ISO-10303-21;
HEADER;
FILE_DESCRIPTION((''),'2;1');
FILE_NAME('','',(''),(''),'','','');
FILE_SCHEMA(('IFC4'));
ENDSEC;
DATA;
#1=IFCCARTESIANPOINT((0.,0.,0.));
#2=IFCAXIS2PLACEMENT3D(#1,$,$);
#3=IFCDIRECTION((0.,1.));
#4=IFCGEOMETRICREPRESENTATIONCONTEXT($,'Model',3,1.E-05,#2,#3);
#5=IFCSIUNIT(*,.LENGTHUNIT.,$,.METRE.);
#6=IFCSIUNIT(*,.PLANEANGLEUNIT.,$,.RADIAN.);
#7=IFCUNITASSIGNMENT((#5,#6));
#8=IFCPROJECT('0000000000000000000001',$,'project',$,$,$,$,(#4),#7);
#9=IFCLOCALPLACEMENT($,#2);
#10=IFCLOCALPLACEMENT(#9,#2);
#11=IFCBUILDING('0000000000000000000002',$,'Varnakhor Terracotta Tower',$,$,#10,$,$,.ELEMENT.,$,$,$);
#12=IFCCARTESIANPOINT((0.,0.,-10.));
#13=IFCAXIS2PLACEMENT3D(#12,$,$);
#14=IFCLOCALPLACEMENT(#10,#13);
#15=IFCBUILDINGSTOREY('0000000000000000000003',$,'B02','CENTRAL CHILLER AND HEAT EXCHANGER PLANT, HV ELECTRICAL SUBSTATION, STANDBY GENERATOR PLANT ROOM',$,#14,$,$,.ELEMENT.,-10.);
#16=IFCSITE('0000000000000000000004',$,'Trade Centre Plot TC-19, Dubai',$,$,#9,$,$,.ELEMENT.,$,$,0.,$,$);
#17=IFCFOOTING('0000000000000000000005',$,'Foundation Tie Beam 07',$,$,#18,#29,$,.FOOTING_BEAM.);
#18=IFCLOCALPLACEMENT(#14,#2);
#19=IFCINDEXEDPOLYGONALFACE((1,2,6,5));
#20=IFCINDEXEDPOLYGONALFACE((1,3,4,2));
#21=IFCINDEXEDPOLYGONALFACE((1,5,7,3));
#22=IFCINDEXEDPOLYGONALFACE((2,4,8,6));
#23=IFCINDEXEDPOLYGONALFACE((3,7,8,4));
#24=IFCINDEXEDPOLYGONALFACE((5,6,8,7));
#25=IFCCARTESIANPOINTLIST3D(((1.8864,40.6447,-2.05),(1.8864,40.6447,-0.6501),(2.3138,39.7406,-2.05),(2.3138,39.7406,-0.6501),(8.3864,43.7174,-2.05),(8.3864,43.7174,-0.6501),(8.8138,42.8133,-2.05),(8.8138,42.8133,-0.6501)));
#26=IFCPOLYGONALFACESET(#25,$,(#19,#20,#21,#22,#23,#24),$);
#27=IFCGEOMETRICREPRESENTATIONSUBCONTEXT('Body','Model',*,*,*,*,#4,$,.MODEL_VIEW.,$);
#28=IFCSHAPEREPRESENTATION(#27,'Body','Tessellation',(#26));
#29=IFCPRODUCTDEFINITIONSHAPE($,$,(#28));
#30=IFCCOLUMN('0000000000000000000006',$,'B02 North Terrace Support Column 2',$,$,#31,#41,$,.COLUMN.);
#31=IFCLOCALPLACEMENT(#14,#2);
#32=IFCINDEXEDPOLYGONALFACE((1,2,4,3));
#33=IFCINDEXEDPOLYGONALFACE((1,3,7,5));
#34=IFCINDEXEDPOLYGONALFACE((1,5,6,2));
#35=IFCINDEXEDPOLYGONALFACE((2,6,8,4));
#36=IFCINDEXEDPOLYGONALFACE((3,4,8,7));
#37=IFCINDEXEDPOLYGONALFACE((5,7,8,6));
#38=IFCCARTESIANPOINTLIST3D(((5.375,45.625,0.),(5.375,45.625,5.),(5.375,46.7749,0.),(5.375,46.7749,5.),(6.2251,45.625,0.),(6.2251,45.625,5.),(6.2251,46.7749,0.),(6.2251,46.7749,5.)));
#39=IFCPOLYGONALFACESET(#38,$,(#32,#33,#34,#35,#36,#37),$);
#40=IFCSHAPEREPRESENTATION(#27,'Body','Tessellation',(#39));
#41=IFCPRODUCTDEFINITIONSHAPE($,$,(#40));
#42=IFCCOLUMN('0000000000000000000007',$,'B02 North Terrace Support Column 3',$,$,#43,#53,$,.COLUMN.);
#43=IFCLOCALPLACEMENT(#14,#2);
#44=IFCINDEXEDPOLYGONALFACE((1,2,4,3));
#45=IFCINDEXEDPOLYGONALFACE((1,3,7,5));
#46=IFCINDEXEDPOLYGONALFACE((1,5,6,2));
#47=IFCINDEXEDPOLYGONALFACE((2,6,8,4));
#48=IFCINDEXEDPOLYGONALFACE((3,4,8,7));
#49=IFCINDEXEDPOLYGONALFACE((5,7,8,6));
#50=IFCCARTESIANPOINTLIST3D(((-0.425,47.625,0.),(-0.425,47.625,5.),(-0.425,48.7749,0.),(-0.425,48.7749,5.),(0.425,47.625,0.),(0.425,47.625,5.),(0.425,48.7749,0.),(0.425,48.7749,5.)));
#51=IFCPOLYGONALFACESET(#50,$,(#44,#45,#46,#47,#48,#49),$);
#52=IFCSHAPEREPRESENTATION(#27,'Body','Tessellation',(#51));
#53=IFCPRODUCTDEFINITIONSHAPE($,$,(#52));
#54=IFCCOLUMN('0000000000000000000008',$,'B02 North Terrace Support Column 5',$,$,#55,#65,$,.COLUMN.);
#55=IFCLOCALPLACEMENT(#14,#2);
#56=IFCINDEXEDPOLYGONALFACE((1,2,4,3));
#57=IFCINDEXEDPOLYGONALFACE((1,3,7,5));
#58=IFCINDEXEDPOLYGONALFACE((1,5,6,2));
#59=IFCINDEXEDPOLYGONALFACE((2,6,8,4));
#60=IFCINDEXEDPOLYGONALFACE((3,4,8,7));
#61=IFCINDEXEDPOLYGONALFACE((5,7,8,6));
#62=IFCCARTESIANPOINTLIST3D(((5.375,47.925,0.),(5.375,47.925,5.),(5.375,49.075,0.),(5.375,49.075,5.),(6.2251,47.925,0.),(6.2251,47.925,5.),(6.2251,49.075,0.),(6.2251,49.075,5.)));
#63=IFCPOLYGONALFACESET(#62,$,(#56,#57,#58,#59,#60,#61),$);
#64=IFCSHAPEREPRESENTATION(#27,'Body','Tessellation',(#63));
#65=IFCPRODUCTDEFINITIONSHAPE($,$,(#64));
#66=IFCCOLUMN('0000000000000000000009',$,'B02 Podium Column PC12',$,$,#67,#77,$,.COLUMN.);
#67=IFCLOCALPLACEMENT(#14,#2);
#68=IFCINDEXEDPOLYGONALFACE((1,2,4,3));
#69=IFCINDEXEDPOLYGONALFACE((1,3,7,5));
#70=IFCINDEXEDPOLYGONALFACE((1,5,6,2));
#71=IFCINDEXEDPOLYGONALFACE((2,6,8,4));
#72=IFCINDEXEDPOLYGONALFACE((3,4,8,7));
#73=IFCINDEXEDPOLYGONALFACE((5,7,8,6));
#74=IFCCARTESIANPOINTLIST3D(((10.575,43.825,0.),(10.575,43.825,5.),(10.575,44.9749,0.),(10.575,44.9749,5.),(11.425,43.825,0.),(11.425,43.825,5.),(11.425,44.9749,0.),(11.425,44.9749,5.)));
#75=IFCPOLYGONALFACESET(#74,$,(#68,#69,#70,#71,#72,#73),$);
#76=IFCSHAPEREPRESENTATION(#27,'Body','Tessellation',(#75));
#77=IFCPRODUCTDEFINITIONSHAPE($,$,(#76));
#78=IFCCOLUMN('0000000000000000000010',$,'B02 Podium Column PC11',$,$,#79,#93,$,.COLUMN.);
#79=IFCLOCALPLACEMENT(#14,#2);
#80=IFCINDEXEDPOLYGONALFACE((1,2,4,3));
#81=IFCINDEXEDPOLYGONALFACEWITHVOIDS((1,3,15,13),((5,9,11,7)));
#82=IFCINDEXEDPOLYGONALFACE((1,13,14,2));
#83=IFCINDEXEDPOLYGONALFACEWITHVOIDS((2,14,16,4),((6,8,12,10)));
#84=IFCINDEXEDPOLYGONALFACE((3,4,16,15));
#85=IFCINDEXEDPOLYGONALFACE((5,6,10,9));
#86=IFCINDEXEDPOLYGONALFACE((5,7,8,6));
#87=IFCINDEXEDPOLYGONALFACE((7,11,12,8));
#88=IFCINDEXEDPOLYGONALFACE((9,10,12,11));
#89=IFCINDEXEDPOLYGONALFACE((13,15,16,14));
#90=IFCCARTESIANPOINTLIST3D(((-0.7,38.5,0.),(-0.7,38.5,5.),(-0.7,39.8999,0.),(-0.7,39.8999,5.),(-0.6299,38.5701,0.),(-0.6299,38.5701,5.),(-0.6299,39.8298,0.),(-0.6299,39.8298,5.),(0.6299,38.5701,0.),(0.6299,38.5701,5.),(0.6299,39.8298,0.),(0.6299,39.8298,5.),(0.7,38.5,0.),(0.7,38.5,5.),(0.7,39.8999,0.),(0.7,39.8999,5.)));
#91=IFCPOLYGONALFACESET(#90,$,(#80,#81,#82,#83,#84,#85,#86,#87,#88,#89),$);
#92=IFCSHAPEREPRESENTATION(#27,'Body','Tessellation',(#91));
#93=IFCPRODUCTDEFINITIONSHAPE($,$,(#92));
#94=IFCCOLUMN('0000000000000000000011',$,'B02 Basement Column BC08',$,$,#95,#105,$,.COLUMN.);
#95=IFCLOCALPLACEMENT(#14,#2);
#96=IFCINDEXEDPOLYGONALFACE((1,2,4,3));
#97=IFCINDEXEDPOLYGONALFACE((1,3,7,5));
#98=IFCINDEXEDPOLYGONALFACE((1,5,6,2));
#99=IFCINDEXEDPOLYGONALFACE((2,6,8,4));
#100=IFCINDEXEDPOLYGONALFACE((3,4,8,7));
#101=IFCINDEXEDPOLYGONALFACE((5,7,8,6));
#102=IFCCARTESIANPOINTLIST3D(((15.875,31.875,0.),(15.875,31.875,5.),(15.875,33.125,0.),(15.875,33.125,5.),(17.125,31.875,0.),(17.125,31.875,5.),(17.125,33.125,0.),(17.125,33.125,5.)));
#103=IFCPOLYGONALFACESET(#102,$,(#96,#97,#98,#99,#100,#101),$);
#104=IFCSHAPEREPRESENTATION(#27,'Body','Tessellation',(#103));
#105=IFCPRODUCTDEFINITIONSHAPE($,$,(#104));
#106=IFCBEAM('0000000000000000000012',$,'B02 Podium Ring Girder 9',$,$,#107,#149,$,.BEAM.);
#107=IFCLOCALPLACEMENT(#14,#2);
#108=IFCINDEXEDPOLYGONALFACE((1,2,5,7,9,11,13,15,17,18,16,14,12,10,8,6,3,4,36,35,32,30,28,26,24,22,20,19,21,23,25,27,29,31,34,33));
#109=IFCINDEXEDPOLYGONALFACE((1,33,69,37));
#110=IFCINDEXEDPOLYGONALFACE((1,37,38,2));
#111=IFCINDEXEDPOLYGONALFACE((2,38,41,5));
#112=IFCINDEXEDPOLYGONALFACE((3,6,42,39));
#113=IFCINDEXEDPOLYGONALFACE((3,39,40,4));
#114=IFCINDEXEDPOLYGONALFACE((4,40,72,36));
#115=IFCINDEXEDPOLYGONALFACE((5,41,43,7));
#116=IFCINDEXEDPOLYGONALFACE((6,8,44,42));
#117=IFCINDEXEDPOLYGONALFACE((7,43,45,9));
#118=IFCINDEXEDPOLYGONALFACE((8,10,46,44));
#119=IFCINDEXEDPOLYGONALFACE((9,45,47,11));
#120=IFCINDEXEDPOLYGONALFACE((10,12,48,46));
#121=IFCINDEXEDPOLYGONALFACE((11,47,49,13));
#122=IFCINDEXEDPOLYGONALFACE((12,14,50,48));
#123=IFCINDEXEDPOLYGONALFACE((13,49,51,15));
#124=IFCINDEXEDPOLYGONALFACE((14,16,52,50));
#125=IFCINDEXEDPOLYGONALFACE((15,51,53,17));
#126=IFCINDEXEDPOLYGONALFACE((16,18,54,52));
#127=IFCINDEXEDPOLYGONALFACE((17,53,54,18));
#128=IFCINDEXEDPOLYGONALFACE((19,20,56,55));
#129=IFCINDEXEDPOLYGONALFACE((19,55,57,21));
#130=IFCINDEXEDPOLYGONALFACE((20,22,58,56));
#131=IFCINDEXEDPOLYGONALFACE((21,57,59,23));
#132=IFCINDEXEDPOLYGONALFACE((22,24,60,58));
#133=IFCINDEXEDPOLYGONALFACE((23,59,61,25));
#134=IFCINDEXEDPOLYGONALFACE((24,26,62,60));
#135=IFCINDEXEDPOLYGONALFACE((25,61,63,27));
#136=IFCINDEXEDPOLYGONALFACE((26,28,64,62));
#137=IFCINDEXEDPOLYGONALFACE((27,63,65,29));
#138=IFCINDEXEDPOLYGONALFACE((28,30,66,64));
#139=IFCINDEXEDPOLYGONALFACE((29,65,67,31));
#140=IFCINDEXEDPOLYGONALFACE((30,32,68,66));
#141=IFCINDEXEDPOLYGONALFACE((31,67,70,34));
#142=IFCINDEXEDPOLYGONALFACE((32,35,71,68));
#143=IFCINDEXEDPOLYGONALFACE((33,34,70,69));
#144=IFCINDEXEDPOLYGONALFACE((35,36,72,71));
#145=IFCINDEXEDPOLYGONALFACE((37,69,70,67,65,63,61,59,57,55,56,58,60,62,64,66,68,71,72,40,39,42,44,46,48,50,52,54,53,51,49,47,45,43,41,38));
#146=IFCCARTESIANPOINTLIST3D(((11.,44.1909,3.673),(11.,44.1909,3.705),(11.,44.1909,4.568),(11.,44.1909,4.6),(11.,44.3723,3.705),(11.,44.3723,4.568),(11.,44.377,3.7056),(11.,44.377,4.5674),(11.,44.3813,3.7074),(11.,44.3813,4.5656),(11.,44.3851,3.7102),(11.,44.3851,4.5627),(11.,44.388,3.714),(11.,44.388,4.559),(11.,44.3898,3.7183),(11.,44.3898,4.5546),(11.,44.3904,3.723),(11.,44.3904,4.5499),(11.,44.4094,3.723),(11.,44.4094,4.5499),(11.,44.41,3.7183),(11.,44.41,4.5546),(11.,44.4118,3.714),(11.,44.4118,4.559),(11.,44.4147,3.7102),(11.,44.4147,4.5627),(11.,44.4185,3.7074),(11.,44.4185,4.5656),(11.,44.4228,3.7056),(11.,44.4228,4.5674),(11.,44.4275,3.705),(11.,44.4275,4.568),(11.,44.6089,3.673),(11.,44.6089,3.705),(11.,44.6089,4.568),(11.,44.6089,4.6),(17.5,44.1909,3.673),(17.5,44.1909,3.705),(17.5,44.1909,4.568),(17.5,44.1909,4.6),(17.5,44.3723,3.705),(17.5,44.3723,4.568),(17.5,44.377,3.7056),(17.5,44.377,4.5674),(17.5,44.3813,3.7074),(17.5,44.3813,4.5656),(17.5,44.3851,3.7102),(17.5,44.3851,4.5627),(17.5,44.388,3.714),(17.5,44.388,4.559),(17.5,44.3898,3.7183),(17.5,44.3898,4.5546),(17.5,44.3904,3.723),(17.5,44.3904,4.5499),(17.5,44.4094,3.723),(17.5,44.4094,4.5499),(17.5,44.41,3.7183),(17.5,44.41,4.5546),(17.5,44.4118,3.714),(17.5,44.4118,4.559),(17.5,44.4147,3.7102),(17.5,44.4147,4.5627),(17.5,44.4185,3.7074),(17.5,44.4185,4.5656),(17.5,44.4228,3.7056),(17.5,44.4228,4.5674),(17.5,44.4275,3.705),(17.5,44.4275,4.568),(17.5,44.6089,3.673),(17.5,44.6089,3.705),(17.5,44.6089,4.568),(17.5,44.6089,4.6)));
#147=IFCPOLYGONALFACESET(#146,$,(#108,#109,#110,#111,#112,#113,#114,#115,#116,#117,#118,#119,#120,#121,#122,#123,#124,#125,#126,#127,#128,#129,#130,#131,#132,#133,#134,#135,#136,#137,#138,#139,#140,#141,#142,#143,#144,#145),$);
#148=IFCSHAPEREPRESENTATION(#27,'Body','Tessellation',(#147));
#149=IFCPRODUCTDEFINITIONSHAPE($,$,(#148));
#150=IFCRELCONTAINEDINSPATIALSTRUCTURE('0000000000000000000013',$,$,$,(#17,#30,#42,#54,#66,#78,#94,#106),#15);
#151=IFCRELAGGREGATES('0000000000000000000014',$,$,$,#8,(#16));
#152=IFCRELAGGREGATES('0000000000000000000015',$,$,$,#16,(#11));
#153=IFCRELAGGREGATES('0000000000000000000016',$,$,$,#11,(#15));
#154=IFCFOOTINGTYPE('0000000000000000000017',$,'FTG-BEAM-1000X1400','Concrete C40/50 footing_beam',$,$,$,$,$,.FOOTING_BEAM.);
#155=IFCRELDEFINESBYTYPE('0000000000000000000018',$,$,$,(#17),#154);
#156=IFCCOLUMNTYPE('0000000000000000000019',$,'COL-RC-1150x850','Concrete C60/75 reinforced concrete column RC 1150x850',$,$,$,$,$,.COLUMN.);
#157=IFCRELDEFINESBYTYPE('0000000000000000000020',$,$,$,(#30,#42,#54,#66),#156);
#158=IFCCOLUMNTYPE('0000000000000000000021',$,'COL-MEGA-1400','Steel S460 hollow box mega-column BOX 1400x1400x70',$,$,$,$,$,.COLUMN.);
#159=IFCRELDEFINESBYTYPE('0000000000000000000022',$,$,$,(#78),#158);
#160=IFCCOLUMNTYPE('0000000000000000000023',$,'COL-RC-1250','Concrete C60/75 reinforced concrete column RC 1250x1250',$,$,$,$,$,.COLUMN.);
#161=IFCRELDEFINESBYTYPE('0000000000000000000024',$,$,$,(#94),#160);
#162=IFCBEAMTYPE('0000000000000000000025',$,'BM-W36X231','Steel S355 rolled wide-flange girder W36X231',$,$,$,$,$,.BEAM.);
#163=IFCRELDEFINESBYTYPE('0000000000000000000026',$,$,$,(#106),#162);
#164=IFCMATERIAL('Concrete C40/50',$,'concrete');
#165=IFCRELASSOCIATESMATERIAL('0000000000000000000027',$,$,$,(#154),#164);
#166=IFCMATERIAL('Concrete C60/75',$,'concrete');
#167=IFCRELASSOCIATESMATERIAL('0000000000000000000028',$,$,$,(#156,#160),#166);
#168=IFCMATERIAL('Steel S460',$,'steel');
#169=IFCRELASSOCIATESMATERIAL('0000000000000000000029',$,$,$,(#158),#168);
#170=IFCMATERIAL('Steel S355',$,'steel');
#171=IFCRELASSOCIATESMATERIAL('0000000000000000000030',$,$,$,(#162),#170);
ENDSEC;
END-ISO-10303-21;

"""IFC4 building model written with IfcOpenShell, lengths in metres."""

from ifc_helpers import new_model, si_unit, direction, frame, origin, origin_2d, place, context, subcontext, project, spatial, rectangle, hollow_rectangle, i_section, extrude, source, transform, mapped, material, material_profile, profile_set, type_object, type_shapes, element, save


model = new_model("IFC4")

# Units and contexts
model_context = context("Model", 3, precision=1e-05, world=origin(), true_north=direction((0.0, 1.0)))
body_context = subcontext(model_context, "Body", "Model", "MODEL_VIEW")
ifc_project = project(units=[si_unit("LENGTHUNIT", "METRE"), si_unit("PLANEANGLEUNIT", "RADIAN")], contexts=[model_context])

# Site, building, storey
site_placement = place(None, origin())
site = spatial("IfcSite", under=ifc_project, at=site_placement, Name="Trade Centre Plot TC-19, Dubai", CompositionType="ELEMENT", RefElevation=0.0)
building_placement = place(site_placement, origin())
building = spatial("IfcBuilding", under=site, at=building_placement, Name="Varnakhor Terracotta Tower", CompositionType="ELEMENT")
storey_placement = place(building_placement, frame((0.0, 0.0, -10.0)))
storey = spatial("IfcBuildingStorey", under=building, at=storey_placement, Name="B02", Description="CENTRAL CHILLER AND HEAT EXCHANGER PLANT, HV ELECTRICAL SUBSTATION, STANDBY GENERATOR PLANT ROOM", CompositionType="ELEMENT", Elevation=-10.0)

# Shared definitions
ifc_material_1 = material(Name="Concrete C40/50", Category="concrete")

# Footing
ifc_material_profile_1 = material_profile(ifc_material_1, rectangle(XDim=1.0, YDim=1.3999, at=origin_2d()), Name="TIE BEAM 1000x1400")
ifc_profile_set_1 = profile_set([ifc_material_profile_1], Name="Concrete C40/50")
footing_type_1 = type_object("IfcFootingType", Name="FTG-BEAM-1000X1400", Description="Concrete C40/50 footing_beam", PredefinedType="FOOTING_BEAM", material=ifc_profile_set_1)
shared_shape_1 = source(origin(), body_context, "Body", "SweptSolid", [
    extrude(rectangle(XDim=1.0, YDim=1.3999, at=origin_2d()), origin(), (0.0, 0.0, 1.0), 7.1897),
])
footing_1_placement = place(storey_placement, frame((2.1001, 40.1926, -1.3501), z_axis=(0.904071, 0.427383, 0.0), x_axis=(-0.427383, 0.904071, 0.0)))
element("IfcFooting", 1, at=footing_1_placement, inside=storey, type_object=footing_type_1, Name="Foundation Tie Beam 07", PredefinedType="FOOTING_BEAM", context=body_context, shape_type="MappedRepresentation", body=[
    mapped(shared_shape_1, transform((0.0, 0.0, 0.0), scale=1.0)),
])

# Columns
ifc_material_2 = material(Name="Concrete C60/75", Category="concrete")
ifc_material_profile_2 = material_profile(ifc_material_2, rectangle(XDim=0.8501, YDim=1.1499, at=origin_2d()), Name="RC 1150x850")
ifc_profile_set_2 = profile_set([ifc_material_profile_2], Name="Concrete C60/75")
column_type_1 = type_object("IfcColumnType", Name="COL-RC-1150x850", Description="Concrete C60/75 reinforced concrete column RC 1150x850", PredefinedType="COLUMN", material=ifc_profile_set_2)
shared_shape_2 = source(origin(), body_context, "Body", "SweptSolid", [
    extrude(rectangle(XDim=0.8501, YDim=1.1499, at=origin_2d()), origin(), (0.0, 0.0, 1.0), 5.0),
])
type_shapes(column_type_1, [shared_shape_2])
for number, where, z_axis, x_axis, name in (
    (2, (5.8, 46.2, 0.0), (0.0, 0.0, 1.0), (1.0, 0.0, 0.0), "B02 North Terrace Support Column 2"),
    (3, (0.0, 48.2, 0.0), (0.0, 0.0, 1.0), (1.0, 0.0, 0.0), "B02 North Terrace Support Column 3"),
    (4, (5.8, 48.5, 0.0), (0.0, 0.0, 1.0), (1.0, 0.0, 0.0), "B02 North Terrace Support Column 5"),
    (5, (11.0, 44.3999, 0.0), (0.0, 0.0, 1.0), (1.0, 0.0, 0.0), "B02 Podium Column PC12"),
):
    element("IfcColumn", number, at=place(storey_placement, frame(where, z_axis=z_axis, x_axis=x_axis)), inside=storey, type_object=column_type_1, Name=name, PredefinedType="COLUMN", context=body_context, shape_type="MappedRepresentation", body=[
        mapped(shared_shape_2, transform((0.0, 0.0, 0.0), scale=1.0)),
    ])
ifc_material_3 = material(Name="Steel S460", Category="steel")
ifc_material_profile_3 = material_profile(ifc_material_3, hollow_rectangle(XDim=1.3999, YDim=1.3999, WallThickness=0.0701, at=origin_2d()), Name="BOX 1400x1400x70")
ifc_profile_set_3 = profile_set([ifc_material_profile_3], Name="Steel S460")
column_type_2 = type_object("IfcColumnType", Name="COL-MEGA-1400", Description="Steel S460 hollow box mega-column BOX 1400x1400x70", PredefinedType="COLUMN", material=ifc_profile_set_3)
shared_shape_3 = source(origin(), body_context, "Body", "SweptSolid", [
    extrude(hollow_rectangle(XDim=1.3999, YDim=1.3999, WallThickness=0.0701, at=origin_2d()), origin(), (0.0, 0.0, 1.0), 5.0),
])
type_shapes(column_type_2, [shared_shape_3])
column_1_placement = place(storey_placement, frame((0.0, 39.2, 0.0), z_axis=(0.0, 0.0, 1.0), x_axis=(1.0, 0.0, 0.0)))
element("IfcColumn", 6, at=column_1_placement, inside=storey, type_object=column_type_2, Name="B02 Podium Column PC11", PredefinedType="COLUMN", context=body_context, shape_type="MappedRepresentation", body=[
    mapped(shared_shape_3, transform((0.0, 0.0, 0.0), scale=1.0)),
])
ifc_material_profile_4 = material_profile(ifc_material_2, rectangle(XDim=1.25, YDim=1.25, at=origin_2d()), Name="RC 1250x1250")
ifc_profile_set_4 = profile_set([ifc_material_profile_4], Name="Concrete C60/75")
column_type_3 = type_object("IfcColumnType", Name="COL-RC-1250", Description="Concrete C60/75 reinforced concrete column RC 1250x1250", PredefinedType="COLUMN", material=ifc_profile_set_4)
shared_shape_4 = source(origin(), body_context, "Body", "SweptSolid", [
    extrude(rectangle(XDim=1.25, YDim=1.25, at=origin_2d()), origin(), (0.0, 0.0, 1.0), 5.0),
])
type_shapes(column_type_3, [shared_shape_4])
column_2_placement = place(storey_placement, frame((16.5, 32.5, 0.0), z_axis=(0.0, 0.0, 1.0), x_axis=(1.0, 0.0, 0.0)))
element("IfcColumn", 7, at=column_2_placement, inside=storey, type_object=column_type_3, Name="B02 Basement Column BC08", PredefinedType="COLUMN", context=body_context, shape_type="MappedRepresentation", body=[
    mapped(shared_shape_4, transform((0.0, 0.0, 0.0), scale=1.0)),
])

# Beam
ifc_material_4 = material(Name="Steel S355", Category="steel")
ifc_material_profile_5 = material_profile(ifc_material_4, i_section(OverallWidth=0.418, OverallDepth=0.927, WebThickness=0.019, FlangeThickness=0.032, FilletRadius=0.0181, at=origin_2d()), Name="W36X231")
ifc_profile_set_5 = profile_set([ifc_material_profile_5], Name="Steel S355")
beam_type_1 = type_object("IfcBeamType", Name="BM-W36X231", Description="Steel S355 rolled wide-flange girder W36X231", PredefinedType="BEAM", material=ifc_profile_set_5)
shared_shape_5 = source(origin(), body_context, "Body", "SweptSolid", [
    extrude(i_section(OverallWidth=0.418, OverallDepth=0.927, WebThickness=0.019, FlangeThickness=0.032, FilletRadius=0.0181, at=origin_2d()), origin(), (0.0, 0.0, 1.0), 6.5),
])
beam_1_placement = place(storey_placement, frame((11.0, 44.3999, 4.1365), z_axis=(1.0, 0.0, 0.0), x_axis=(0.0, 1.0, 0.0)))
element("IfcBeam", 8, at=beam_1_placement, inside=storey, type_object=beam_type_1, Name="B02 Podium Ring Girder 9", PredefinedType="BEAM", context=body_context, shape_type="MappedRepresentation", body=[
    mapped(shared_shape_5, transform((0.0, 0.0, 0.0), scale=1.0)),
])

save(model, "model.ifc")
